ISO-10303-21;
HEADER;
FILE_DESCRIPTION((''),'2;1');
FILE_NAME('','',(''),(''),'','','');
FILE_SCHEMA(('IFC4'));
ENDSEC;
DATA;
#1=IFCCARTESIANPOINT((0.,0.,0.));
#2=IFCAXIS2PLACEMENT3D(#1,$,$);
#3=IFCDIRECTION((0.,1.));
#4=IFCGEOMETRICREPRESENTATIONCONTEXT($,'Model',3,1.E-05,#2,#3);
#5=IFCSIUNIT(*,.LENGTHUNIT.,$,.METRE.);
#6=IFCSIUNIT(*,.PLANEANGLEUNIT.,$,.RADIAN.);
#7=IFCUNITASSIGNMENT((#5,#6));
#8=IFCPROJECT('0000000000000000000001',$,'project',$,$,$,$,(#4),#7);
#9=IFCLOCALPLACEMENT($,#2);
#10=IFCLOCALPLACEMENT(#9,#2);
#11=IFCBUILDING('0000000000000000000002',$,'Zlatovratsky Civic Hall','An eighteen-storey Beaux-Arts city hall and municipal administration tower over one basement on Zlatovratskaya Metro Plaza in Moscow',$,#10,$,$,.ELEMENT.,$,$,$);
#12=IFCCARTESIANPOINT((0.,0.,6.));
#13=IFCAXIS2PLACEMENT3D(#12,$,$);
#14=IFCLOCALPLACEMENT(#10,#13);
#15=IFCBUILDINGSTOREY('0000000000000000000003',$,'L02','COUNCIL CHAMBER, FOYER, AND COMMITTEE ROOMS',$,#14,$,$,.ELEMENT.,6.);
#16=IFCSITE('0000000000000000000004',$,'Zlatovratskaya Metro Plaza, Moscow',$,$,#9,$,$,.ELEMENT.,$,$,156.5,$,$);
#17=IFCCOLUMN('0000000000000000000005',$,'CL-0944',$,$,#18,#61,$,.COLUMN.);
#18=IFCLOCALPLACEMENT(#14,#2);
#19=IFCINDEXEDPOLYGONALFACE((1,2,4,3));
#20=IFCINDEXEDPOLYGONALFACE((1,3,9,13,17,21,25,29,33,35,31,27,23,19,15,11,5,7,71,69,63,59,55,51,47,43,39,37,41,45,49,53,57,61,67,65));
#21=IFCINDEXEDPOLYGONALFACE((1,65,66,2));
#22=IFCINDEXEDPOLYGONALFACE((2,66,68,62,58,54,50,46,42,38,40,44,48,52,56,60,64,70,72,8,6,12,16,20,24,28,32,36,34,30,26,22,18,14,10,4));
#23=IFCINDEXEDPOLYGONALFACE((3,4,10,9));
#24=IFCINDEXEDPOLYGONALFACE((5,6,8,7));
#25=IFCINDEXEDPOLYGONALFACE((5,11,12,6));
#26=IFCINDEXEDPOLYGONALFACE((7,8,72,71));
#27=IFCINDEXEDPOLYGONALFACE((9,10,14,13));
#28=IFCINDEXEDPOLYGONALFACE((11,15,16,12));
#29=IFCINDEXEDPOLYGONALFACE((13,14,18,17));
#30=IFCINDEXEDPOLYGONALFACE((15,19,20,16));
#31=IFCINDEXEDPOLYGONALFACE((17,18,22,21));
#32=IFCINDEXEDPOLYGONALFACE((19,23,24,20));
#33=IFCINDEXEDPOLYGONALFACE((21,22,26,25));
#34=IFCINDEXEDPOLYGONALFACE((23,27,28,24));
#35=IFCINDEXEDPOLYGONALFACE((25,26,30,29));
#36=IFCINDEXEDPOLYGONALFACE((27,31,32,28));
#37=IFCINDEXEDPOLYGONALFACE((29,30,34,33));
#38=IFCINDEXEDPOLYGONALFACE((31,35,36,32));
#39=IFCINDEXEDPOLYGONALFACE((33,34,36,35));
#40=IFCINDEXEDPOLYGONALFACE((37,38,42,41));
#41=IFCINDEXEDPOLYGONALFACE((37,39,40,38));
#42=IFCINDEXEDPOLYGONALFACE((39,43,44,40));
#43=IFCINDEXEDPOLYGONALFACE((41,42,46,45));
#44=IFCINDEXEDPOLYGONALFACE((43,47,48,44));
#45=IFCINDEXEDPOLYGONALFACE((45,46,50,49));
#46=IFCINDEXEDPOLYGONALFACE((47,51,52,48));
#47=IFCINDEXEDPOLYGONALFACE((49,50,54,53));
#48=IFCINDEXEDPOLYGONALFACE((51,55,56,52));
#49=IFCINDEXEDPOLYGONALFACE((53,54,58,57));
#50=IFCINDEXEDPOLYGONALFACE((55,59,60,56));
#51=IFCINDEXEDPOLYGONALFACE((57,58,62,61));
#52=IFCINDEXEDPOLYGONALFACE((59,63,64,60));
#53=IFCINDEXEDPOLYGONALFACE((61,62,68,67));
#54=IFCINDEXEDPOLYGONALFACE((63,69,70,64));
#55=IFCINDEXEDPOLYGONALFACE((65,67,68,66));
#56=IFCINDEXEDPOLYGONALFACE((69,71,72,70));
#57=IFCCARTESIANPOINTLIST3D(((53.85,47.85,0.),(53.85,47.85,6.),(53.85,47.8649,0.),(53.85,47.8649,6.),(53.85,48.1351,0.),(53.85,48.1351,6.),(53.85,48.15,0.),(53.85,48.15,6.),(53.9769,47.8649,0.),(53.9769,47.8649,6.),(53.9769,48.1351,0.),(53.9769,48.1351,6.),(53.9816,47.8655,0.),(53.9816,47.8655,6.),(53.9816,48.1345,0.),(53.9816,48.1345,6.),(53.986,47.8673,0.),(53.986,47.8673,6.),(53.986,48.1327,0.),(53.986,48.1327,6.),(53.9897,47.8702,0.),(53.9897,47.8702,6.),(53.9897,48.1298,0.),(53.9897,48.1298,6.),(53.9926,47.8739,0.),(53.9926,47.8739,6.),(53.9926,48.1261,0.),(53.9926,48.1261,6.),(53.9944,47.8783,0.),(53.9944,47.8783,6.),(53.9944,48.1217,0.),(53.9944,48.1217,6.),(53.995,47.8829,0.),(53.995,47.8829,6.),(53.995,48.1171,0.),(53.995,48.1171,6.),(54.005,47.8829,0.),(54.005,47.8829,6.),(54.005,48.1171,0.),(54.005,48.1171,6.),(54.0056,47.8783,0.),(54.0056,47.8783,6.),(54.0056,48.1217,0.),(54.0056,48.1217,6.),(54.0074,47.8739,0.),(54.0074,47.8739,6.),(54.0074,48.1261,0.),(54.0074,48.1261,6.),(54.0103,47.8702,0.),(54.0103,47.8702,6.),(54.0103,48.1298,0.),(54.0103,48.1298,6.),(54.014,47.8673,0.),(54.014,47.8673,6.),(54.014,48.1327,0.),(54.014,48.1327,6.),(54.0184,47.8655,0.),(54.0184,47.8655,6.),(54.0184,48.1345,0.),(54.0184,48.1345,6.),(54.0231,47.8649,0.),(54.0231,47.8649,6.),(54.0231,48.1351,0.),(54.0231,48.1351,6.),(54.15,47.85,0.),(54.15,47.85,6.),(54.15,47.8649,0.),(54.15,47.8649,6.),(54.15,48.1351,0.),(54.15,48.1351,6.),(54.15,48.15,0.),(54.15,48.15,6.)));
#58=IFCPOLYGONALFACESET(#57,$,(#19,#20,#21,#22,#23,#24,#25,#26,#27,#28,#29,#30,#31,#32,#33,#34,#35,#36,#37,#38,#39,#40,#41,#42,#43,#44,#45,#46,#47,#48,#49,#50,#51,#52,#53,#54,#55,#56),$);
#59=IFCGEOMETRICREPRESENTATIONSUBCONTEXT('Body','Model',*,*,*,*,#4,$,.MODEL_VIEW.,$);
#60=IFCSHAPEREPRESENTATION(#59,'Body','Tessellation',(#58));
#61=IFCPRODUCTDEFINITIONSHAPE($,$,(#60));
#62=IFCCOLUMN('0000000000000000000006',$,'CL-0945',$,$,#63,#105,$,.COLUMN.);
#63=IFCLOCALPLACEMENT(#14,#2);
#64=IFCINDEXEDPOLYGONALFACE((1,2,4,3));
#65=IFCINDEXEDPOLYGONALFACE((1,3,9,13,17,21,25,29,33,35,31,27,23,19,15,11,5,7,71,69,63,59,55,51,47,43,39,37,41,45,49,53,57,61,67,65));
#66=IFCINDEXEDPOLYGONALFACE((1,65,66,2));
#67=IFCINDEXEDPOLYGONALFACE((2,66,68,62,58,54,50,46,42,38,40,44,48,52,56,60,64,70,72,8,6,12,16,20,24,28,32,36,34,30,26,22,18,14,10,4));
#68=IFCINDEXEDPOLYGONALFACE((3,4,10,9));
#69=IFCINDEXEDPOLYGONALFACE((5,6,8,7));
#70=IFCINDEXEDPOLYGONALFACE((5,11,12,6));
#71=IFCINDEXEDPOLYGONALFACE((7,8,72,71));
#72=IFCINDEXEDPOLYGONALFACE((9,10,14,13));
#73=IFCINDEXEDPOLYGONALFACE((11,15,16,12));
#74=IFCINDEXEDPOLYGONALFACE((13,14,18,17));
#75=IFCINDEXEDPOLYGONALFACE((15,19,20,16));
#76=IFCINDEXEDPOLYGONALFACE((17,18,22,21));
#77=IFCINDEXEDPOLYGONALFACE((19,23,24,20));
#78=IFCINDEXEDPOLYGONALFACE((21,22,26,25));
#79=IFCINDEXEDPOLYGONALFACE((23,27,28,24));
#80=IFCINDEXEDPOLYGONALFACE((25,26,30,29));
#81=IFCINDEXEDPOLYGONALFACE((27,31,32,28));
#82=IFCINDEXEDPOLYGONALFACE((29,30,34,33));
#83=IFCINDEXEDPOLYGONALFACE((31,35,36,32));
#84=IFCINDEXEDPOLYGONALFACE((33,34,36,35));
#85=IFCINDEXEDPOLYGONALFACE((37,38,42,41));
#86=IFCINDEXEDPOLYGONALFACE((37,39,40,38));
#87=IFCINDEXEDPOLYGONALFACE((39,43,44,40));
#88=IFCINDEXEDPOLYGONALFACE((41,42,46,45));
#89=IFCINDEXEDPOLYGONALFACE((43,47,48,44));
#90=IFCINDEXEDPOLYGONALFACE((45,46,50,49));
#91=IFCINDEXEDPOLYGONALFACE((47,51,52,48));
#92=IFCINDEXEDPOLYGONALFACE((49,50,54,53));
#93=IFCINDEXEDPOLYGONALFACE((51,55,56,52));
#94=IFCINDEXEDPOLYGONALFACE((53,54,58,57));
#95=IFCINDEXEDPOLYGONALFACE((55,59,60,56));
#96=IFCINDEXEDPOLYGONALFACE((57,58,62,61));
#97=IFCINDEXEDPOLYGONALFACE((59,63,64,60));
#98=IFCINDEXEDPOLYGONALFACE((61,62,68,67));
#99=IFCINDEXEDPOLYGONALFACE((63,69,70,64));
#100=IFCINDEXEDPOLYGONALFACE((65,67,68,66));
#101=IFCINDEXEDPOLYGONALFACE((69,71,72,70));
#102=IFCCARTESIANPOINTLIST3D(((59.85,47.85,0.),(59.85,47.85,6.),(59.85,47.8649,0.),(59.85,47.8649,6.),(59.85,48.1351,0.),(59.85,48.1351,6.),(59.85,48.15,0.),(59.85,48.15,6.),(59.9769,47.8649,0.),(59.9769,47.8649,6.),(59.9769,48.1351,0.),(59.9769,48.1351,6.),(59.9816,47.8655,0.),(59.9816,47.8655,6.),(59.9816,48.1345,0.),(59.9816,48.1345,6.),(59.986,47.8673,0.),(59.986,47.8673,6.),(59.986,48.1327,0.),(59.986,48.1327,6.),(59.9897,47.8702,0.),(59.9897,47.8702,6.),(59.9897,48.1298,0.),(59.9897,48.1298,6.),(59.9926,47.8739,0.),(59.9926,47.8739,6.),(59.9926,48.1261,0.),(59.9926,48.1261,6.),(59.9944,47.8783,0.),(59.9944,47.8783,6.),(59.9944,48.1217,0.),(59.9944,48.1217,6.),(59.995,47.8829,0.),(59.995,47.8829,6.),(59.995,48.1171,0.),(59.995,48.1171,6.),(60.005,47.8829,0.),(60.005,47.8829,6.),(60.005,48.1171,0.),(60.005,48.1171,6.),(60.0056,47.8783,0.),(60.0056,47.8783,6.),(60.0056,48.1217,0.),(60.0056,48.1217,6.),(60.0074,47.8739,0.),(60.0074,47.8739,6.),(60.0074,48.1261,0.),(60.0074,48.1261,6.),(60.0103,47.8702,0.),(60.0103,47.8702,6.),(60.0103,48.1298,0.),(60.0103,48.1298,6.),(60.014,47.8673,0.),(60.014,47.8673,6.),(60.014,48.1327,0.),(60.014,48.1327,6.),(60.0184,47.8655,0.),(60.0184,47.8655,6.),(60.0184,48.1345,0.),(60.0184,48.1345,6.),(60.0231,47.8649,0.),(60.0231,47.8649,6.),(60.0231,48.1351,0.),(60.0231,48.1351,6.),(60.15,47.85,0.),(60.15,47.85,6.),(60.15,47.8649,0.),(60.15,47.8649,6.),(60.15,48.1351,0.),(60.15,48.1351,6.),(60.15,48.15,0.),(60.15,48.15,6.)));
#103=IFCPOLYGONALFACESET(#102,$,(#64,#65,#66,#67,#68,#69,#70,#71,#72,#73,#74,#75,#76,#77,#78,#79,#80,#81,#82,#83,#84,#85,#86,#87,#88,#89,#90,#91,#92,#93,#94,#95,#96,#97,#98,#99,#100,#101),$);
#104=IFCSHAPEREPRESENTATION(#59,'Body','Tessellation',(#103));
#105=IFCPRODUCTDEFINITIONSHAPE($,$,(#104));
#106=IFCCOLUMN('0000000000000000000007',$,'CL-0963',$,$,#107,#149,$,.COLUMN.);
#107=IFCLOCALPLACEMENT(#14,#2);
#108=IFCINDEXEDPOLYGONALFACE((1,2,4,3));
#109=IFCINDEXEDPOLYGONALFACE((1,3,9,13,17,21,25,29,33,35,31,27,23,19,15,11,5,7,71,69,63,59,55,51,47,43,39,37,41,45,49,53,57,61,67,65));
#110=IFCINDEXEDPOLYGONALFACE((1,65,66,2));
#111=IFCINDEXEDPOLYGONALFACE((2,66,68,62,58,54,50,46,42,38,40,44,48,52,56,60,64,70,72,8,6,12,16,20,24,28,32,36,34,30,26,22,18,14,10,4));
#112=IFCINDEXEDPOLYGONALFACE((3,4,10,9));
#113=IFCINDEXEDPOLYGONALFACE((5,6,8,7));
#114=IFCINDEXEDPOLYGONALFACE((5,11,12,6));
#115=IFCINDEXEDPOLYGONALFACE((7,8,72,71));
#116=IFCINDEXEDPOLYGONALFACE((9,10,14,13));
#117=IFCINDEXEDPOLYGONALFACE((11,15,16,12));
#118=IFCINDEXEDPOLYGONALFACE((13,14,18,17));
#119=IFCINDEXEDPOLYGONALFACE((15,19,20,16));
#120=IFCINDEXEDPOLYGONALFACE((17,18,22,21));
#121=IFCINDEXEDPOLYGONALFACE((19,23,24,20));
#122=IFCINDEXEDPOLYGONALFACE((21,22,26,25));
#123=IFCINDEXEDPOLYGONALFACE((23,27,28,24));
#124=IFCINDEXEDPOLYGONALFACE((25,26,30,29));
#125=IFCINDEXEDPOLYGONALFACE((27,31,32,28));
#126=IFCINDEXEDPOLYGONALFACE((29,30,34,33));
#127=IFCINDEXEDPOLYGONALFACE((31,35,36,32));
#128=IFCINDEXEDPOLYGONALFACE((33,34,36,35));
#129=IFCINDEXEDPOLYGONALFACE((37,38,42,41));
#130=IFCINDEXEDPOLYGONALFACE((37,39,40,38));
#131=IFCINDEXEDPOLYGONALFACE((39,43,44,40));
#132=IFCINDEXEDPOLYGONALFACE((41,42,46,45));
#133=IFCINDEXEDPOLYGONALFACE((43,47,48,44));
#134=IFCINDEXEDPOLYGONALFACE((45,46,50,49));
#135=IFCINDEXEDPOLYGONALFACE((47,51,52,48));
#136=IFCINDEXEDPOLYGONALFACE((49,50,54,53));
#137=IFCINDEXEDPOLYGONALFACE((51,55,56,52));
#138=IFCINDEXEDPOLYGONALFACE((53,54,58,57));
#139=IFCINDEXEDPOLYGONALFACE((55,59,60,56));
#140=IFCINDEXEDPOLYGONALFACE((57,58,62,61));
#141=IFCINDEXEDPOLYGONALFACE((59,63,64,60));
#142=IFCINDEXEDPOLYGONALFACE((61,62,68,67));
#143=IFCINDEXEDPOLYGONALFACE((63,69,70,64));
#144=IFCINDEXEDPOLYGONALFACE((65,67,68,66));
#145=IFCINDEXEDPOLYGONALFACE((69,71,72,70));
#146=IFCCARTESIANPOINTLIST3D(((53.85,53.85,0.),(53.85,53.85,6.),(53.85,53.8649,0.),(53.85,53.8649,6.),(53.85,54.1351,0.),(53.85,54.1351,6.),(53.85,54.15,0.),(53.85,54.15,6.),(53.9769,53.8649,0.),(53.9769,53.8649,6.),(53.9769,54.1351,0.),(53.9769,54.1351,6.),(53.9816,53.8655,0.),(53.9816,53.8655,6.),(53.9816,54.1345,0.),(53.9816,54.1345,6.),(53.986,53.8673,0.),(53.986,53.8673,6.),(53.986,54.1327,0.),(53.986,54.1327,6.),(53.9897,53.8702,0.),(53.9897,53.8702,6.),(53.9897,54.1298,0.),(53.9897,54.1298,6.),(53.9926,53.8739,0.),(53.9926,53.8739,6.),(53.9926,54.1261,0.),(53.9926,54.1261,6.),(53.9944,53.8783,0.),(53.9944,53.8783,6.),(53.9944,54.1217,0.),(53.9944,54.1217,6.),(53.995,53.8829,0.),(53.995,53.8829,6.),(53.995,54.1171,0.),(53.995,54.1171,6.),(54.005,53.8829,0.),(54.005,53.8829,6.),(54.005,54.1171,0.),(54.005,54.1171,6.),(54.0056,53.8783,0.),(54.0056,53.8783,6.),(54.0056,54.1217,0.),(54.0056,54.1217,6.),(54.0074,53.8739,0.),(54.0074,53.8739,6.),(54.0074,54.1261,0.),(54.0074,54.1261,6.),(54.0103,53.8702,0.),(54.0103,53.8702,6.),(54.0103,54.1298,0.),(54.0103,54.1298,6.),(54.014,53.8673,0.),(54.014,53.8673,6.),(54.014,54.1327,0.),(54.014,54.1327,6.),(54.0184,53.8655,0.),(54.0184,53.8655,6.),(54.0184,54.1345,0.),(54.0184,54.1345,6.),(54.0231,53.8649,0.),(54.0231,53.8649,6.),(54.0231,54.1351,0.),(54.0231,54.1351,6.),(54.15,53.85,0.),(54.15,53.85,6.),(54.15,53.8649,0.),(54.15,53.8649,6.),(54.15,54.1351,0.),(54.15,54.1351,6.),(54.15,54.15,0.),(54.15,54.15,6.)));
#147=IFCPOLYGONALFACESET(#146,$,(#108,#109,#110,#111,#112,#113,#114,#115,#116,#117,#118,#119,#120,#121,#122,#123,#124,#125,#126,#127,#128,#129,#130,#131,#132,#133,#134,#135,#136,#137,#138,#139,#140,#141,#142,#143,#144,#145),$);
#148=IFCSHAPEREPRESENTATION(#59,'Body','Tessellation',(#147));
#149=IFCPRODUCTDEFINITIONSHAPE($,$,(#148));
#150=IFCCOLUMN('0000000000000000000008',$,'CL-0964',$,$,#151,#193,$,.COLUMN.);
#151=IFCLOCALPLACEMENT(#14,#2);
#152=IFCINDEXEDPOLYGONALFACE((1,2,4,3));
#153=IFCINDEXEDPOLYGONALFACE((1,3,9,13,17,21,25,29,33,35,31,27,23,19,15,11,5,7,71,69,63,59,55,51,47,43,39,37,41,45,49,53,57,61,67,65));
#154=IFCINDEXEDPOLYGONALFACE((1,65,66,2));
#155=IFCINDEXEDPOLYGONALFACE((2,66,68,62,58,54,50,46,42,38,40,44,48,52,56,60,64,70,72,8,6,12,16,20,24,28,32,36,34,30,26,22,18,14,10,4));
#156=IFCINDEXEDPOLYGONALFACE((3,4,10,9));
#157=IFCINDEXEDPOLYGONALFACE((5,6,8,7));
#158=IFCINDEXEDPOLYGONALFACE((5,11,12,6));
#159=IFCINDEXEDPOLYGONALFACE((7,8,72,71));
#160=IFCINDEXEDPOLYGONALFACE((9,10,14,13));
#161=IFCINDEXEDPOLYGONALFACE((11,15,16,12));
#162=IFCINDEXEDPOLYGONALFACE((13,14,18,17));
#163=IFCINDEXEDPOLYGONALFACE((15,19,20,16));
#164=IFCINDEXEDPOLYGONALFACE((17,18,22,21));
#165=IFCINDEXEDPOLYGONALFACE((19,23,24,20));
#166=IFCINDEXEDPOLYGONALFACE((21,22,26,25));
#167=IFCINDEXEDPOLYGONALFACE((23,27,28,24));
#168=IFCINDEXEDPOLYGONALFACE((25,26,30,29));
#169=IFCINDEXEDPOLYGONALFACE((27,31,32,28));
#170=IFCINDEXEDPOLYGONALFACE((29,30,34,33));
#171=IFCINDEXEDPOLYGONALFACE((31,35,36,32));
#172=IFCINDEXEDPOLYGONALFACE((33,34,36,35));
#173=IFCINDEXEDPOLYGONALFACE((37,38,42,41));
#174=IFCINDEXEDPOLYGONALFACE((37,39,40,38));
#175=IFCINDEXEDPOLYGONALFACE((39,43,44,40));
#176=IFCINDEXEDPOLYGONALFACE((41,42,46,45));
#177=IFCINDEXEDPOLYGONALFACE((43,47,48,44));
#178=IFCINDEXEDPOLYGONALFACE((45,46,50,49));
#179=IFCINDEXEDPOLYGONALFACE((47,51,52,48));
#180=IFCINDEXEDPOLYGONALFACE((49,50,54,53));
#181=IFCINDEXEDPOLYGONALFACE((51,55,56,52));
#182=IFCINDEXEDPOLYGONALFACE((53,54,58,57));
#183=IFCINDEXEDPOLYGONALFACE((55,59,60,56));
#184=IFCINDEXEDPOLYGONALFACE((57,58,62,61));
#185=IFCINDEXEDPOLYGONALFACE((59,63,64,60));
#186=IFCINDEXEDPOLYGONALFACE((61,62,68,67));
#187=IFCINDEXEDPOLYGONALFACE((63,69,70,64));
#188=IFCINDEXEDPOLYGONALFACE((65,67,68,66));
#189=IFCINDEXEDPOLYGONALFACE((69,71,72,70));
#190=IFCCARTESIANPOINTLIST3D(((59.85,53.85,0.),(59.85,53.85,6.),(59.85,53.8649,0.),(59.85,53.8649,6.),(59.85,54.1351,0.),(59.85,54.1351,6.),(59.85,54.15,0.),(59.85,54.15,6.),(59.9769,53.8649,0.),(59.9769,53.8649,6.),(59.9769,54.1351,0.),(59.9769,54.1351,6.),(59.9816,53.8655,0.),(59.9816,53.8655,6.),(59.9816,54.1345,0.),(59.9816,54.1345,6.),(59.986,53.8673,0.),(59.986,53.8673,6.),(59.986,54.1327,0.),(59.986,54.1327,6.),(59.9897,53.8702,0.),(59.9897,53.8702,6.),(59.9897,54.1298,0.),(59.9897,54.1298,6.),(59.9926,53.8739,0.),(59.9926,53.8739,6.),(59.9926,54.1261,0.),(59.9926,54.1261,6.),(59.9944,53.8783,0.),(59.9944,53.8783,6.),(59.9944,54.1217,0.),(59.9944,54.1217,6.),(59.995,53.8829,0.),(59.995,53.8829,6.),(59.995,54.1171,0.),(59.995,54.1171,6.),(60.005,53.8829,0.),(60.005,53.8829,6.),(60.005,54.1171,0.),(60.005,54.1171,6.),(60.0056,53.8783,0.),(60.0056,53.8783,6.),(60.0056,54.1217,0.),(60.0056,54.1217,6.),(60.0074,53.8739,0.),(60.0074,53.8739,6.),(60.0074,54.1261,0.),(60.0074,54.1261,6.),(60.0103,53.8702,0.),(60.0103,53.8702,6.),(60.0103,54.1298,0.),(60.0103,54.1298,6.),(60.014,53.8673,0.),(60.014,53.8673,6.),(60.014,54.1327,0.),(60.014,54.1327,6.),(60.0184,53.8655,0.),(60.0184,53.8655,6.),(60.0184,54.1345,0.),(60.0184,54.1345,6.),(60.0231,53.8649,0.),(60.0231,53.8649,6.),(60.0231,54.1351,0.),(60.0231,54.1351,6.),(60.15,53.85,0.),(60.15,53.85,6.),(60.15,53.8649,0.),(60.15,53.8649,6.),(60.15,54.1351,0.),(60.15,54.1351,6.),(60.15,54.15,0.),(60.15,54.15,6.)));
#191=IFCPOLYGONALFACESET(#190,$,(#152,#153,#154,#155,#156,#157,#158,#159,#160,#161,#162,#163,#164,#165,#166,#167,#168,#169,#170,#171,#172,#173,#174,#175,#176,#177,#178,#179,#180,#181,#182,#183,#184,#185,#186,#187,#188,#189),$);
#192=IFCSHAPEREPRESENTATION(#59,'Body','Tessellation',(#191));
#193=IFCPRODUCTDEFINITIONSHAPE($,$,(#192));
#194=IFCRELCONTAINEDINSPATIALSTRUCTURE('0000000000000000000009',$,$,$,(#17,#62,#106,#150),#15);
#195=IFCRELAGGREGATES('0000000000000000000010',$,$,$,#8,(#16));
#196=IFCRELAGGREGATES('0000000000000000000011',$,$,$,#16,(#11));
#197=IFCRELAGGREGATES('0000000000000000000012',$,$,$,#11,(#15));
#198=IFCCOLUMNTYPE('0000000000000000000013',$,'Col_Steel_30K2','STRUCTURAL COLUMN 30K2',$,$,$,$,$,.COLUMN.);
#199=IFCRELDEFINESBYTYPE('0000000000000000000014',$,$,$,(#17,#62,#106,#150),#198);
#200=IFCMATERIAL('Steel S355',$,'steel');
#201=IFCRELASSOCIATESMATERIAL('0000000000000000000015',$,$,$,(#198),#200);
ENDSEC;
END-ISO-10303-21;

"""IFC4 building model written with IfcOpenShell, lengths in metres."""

from ifc_helpers import new_model, si_unit, direction, frame, origin, origin_2d, place, context, subcontext, project, spatial, i_section, extrude, material, material_profile, profile_set, type_object, element, save


model = new_model("IFC4")

# Units and contexts
model_context = context("Model", 3, precision=1e-05, world=origin(), true_north=direction((0.0, 1.0)))
body_context = subcontext(model_context, "Body", "Model", "MODEL_VIEW")
ifc_project = project(units=[si_unit("LENGTHUNIT", "METRE"), si_unit("PLANEANGLEUNIT", "RADIAN")], contexts=[model_context])

# Site, building, storey
site_placement = place(None, origin())
site = spatial("IfcSite", under=ifc_project, at=site_placement, Name="Zlatovratskaya Metro Plaza, Moscow", CompositionType="ELEMENT", RefElevation=156.5)
building_placement = place(site_placement, origin())
building = spatial("IfcBuilding", under=site, at=building_placement, Name="Zlatovratsky Civic Hall", Description="An eighteen-storey Beaux-Arts city hall and municipal administration tower over one basement on Zlatovratskaya Metro Plaza in Moscow", CompositionType="ELEMENT")
storey_placement = place(building_placement, frame((0.0, 0.0, 6.0)))
storey = spatial("IfcBuildingStorey", under=building, at=storey_placement, Name="L02", Description="COUNCIL CHAMBER, FOYER, AND COMMITTEE ROOMS", CompositionType="ELEMENT", Elevation=6.0)

# Columns
ifc_material_1 = material(Name="Steel S355", Category="steel")
ifc_material_profile_1 = material_profile(ifc_material_1, i_section(OverallWidth=0.3, OverallDepth=0.3, WebThickness=0.01, FlangeThickness=0.0149, FilletRadius=0.0181, at=origin_2d()), Name="30K2")
ifc_profile_set_1 = profile_set([ifc_material_profile_1], Name="Steel S355")
column_type = type_object("IfcColumnType", Name="Col_Steel_30K2", Description="STRUCTURAL COLUMN 30K2", PredefinedType="COLUMN", material=ifc_profile_set_1)
for number, where, z_axis, x_axis, name in (
    (1, (54.0, 48.0, 0.0), (0.0, 0.0, 1.0), (1.0, 0.0, 0.0), "CL-0944"),
    (2, (60.0, 48.0, 0.0), (0.0, 0.0, 1.0), (1.0, 0.0, 0.0), "CL-0945"),
    (3, (54.0, 54.0, 0.0), (0.0, 0.0, 1.0), (1.0, 0.0, 0.0), "CL-0963"),
    (4, (60.0, 54.0, 0.0), (0.0, 0.0, 1.0), (1.0, 0.0, 0.0), "CL-0964"),
):
    element("IfcColumn", number, at=place(storey_placement, frame(where, z_axis=z_axis, x_axis=x_axis)), inside=storey, type_object=column_type, Name=name, PredefinedType="COLUMN", context=body_context, shape_type="SweptSolid", body=[
        extrude(i_section(OverallWidth=0.3, OverallDepth=0.3, WebThickness=0.01, FlangeThickness=0.0149, FilletRadius=0.0181, at=origin_2d()), origin(), (0.0, 0.0, 1.0), 6.0),
    ])

save(model, "model.ifc")
